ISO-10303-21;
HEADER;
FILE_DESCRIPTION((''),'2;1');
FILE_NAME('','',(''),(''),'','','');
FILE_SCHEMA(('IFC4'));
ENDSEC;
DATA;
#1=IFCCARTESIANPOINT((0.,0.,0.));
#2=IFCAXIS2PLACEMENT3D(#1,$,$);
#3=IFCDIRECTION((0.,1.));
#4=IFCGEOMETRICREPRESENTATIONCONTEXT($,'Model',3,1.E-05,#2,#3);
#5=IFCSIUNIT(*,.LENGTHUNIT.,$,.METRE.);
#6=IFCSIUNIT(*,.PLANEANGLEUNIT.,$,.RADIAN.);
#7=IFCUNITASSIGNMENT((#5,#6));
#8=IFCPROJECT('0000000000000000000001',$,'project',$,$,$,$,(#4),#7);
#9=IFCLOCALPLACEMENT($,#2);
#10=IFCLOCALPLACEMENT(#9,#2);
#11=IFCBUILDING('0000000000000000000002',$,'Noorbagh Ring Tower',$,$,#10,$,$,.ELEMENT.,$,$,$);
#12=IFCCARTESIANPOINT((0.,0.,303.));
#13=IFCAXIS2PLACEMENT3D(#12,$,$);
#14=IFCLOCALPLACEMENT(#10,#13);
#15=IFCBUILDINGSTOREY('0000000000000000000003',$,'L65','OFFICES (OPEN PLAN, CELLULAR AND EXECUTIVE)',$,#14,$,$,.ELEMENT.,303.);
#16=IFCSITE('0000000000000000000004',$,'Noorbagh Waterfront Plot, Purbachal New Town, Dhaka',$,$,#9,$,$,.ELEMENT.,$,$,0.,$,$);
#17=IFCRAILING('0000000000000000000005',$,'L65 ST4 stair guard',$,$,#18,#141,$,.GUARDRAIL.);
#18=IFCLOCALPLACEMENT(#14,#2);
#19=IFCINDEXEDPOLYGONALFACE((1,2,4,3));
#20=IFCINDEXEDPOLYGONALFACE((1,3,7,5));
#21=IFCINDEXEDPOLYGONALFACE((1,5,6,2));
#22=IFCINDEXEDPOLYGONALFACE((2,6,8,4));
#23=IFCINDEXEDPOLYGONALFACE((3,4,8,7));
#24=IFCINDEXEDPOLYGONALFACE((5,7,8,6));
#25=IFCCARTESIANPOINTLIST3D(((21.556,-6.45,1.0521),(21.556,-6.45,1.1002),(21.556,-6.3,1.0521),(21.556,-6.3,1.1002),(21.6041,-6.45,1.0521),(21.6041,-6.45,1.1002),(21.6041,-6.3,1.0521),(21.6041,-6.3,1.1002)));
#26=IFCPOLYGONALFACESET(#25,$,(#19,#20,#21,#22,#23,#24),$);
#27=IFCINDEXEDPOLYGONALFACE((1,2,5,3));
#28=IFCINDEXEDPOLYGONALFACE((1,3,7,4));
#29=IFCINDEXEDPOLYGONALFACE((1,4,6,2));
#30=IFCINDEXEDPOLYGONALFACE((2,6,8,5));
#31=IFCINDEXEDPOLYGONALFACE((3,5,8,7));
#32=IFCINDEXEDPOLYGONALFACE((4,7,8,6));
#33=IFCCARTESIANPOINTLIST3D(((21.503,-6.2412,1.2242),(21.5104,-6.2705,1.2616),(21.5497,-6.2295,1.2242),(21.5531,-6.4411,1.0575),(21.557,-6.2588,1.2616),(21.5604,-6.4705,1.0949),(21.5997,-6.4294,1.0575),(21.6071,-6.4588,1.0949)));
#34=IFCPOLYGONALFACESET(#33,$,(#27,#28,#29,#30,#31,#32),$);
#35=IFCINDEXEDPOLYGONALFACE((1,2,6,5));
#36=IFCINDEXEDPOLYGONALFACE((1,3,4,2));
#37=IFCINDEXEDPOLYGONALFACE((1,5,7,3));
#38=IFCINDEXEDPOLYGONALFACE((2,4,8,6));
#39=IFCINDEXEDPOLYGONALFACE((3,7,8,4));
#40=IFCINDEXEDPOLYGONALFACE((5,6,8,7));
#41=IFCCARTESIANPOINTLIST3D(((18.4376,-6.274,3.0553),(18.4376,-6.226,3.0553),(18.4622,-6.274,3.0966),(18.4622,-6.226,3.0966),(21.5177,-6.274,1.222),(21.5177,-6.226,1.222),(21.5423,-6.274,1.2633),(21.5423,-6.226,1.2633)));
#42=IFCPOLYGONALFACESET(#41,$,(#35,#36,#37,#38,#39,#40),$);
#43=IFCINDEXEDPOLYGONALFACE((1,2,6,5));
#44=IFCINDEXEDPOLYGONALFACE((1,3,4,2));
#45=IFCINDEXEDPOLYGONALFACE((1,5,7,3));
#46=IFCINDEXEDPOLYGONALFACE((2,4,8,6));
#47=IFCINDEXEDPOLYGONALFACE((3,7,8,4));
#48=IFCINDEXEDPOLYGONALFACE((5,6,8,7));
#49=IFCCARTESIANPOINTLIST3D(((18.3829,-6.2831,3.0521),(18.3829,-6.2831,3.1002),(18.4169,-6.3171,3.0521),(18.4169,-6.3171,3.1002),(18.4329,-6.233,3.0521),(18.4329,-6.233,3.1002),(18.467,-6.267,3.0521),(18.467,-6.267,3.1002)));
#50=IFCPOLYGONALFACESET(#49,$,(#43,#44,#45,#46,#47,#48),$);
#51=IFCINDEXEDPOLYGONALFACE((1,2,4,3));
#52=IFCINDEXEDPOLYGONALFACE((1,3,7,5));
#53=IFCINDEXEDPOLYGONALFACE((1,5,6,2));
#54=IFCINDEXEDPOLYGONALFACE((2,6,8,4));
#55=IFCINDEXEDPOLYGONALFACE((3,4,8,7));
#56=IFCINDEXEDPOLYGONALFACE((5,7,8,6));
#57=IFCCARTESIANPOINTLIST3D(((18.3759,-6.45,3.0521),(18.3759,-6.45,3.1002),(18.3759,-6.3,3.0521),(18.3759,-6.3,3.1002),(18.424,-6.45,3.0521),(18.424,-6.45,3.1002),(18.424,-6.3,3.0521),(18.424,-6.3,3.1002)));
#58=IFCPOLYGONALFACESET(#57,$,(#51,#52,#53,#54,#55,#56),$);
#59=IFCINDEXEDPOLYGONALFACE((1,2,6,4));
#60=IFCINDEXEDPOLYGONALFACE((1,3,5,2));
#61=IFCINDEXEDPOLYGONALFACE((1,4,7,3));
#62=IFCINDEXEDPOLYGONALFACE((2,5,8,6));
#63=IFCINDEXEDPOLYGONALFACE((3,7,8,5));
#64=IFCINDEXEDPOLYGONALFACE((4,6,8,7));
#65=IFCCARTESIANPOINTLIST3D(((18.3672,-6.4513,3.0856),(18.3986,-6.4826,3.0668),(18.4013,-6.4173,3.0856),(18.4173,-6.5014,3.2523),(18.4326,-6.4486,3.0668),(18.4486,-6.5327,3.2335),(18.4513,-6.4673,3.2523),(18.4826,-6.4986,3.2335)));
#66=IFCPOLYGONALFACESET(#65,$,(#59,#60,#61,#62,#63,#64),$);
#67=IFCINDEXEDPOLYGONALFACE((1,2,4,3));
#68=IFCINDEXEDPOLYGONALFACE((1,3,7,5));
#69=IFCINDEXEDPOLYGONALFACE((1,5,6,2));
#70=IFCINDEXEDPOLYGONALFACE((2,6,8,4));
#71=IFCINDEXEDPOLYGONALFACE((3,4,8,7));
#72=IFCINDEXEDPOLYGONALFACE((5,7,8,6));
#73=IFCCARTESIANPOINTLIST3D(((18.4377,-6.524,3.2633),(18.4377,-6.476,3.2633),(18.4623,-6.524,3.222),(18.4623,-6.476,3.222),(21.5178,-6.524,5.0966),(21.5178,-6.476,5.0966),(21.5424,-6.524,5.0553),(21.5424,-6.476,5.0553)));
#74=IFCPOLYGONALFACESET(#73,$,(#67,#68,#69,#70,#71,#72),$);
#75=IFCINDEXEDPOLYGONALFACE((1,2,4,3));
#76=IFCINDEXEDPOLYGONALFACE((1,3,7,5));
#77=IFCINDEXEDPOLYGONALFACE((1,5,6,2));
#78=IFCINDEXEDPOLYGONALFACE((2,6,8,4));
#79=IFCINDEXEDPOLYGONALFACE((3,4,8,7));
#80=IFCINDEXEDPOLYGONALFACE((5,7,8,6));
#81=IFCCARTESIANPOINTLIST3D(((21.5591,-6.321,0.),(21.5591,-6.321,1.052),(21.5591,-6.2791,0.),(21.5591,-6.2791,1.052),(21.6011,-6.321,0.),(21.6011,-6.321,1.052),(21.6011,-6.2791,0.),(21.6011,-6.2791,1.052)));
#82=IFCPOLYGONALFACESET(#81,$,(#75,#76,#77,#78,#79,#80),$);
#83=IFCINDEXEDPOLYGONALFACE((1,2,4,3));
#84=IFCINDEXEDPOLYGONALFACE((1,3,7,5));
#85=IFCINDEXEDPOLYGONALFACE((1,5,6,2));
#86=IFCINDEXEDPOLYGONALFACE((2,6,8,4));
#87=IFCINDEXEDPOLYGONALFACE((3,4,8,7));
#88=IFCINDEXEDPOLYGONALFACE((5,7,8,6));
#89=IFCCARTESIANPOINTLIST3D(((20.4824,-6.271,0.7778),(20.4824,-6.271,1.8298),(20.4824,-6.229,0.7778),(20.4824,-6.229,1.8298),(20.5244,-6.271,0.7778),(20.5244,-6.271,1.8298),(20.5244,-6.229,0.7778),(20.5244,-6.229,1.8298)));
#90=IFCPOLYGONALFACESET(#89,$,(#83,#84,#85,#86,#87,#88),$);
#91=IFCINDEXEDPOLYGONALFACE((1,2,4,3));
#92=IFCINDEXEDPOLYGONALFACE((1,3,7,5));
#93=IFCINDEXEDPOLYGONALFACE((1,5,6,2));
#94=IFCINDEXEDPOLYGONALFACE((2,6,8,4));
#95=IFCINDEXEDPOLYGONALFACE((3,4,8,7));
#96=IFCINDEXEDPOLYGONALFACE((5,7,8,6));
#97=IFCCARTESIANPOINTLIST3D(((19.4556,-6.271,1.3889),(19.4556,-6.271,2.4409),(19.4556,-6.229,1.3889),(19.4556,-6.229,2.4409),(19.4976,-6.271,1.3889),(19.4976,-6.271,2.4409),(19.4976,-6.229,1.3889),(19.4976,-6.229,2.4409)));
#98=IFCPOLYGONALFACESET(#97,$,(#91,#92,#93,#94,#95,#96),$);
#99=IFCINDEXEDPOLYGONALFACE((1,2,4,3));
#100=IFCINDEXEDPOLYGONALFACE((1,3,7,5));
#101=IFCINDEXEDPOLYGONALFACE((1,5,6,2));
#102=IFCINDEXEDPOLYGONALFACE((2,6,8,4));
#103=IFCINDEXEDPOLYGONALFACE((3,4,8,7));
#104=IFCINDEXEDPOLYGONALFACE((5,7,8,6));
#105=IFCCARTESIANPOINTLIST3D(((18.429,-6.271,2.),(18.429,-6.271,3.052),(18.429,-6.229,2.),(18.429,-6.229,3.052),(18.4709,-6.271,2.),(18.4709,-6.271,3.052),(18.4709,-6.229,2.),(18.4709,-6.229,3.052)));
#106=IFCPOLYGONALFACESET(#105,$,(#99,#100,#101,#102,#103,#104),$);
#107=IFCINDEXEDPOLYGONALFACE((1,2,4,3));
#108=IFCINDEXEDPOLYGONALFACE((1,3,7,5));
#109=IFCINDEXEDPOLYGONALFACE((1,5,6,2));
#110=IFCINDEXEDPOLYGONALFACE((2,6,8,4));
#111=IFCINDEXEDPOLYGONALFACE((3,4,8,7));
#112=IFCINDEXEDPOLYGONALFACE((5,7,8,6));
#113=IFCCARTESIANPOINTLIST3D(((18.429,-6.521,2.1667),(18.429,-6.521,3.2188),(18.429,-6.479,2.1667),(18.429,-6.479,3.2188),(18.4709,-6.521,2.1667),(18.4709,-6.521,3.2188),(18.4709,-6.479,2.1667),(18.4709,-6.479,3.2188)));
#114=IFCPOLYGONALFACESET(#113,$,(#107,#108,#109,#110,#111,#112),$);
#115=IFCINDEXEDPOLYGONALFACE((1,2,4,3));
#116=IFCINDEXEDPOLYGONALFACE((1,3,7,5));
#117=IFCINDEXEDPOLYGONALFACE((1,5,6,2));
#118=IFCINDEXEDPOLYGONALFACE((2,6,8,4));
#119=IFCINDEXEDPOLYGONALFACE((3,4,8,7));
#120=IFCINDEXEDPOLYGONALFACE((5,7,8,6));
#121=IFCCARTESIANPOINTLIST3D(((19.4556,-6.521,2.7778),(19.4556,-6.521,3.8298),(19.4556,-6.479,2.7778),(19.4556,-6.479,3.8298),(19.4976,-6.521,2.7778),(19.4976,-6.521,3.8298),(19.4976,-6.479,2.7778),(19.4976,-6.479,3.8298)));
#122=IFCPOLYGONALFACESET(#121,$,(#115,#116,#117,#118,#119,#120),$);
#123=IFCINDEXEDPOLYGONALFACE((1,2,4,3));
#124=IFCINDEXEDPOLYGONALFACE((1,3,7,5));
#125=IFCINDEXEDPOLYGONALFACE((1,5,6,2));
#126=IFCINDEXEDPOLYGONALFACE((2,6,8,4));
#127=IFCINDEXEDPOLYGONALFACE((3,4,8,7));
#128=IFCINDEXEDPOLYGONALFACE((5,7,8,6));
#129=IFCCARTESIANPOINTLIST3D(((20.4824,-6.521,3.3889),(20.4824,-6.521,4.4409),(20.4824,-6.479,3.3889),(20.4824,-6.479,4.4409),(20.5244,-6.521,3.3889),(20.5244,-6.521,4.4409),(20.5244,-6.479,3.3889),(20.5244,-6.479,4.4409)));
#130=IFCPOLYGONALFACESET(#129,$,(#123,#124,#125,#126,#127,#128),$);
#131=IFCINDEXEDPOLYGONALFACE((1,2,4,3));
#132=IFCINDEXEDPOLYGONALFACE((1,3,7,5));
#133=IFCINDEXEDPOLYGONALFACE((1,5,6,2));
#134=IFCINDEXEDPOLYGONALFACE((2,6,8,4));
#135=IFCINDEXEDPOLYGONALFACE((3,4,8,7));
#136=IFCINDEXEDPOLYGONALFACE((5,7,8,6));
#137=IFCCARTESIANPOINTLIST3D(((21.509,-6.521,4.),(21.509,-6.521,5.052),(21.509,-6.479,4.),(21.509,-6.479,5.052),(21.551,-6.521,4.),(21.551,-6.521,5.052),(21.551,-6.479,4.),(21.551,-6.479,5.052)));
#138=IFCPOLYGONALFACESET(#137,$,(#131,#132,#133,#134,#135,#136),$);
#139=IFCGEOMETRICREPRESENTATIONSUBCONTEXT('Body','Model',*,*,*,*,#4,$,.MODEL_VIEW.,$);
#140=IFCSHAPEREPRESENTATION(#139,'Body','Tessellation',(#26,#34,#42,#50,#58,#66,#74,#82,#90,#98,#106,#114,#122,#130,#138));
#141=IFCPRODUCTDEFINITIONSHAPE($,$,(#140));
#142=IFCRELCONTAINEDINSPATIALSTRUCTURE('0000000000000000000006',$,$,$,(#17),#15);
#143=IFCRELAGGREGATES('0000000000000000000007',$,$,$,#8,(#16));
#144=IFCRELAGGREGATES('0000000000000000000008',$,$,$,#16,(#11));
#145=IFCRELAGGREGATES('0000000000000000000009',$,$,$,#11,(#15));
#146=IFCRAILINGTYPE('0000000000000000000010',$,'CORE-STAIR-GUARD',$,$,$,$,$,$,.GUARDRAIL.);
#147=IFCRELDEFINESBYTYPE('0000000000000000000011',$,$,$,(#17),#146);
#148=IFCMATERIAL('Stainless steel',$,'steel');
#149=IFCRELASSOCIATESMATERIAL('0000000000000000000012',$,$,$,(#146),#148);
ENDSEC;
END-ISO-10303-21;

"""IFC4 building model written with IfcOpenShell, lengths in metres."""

from ifc_helpers import new_model, si_unit, direction, frame, origin, origin_2d, place, context, subcontext, project, spatial, rectangle, extrude, material, type_object, element, save


model = new_model("IFC4")

# Units and contexts
model_context = context("Model", 3, precision=1e-05, world=origin(), true_north=direction((0.0, 1.0)))
body_context = subcontext(model_context, "Body", "Model", "MODEL_VIEW")
ifc_project = project(units=[si_unit("LENGTHUNIT", "METRE"), si_unit("PLANEANGLEUNIT", "RADIAN")], contexts=[model_context])

# Site, building, storey
site_placement = place(None, origin())
site = spatial("IfcSite", under=ifc_project, at=site_placement, Name="Noorbagh Waterfront Plot, Purbachal New Town, Dhaka", CompositionType="ELEMENT", RefElevation=0.0)
building_placement = place(site_placement, origin())
building = spatial("IfcBuilding", under=site, at=building_placement, Name="Noorbagh Ring Tower", CompositionType="ELEMENT")
storey_placement = place(building_placement, frame((0.0, 0.0, 303.0)))
storey = spatial("IfcBuildingStorey", under=building, at=storey_placement, Name="L65", Description="OFFICES (OPEN PLAN, CELLULAR AND EXECUTIVE)", CompositionType="ELEMENT", Elevation=303.0)

# Railing
ifc_material_1 = material(Name="Stainless steel", Category="steel")
railing_type_1 = type_object("IfcRailingType", Name="CORE-STAIR-GUARD", PredefinedType="GUARDRAIL", material=ifc_material_1)
railing_1_placement = place(storey_placement, frame((21.5801, -6.3, 0.0)))
element("IfcRailing", 1, at=railing_1_placement, inside=storey, type_object=railing_type_1, Name="L65 ST4 stair guard", PredefinedType="GUARDRAIL", context=body_context, shape_type="SweptSolid", body=[
    extrude(rectangle(XDim=0.0481, YDim=0.0481, at=origin_2d()), frame((0.0, 0.0, 1.0762), z_axis=(0.0, -1.0, 0.0), x_axis=(1.0, 0.0, 0.0)), (0.0, 0.0, 1.0), 0.1499),
    extrude(rectangle(XDim=0.0481, YDim=0.0481, at=origin_2d()), frame((0.0, -0.1499, 1.0762), z_axis=(-0.188776, 0.754182, 0.628946), x_axis=(-0.970073, -0.242814, 0.0)), (0.0, 0.0, 1.0), 0.2651),
    extrude(rectangle(XDim=0.0481, YDim=0.0481, at=origin_2d()), frame((-0.05, 0.05, 1.2427), z_axis=(-0.859309, 0.0, 0.511458), x_axis=(0.0, -1.0, 0.0)), (0.0, 0.0, 1.0), 3.5845),
    extrude(rectangle(XDim=0.0481, YDim=0.0481, at=origin_2d()), frame((-3.1301, 0.05, 3.0762), z_axis=(-0.707107, -0.707107, 0.0), x_axis=(0.707107, -0.707107, 0.0)), (0.0, 0.0, 1.0), 0.0708),
    extrude(rectangle(XDim=0.0481, YDim=0.0481, at=origin_2d()), frame((-3.1802, 0.0, 3.0762), z_axis=(0.0, -1.0, 0.0), x_axis=(1.0, 0.0, 0.0)), (0.0, 0.0, 1.0), 0.1499),
    extrude(rectangle(XDim=0.0481, YDim=0.0481, at=origin_2d()), frame((-3.1802, -0.1499, 3.0762), z_axis=(0.276287, -0.276287, 0.920506), x_axis=(0.707107, 0.707107, 0.0)), (0.0, 0.0, 1.0), 0.1812),
    extrude(rectangle(XDim=0.0481, YDim=0.0481, at=origin_2d()), frame((-3.1301, -0.2, 3.2427), z_axis=(0.859309, 0.0, 0.511458), x_axis=(0.0, 1.0, 0.0)), (0.0, 0.0, 1.0), 3.5845),
    extrude(rectangle(XDim=0.042, YDim=0.042, at=origin_2d()), origin(), (0.0, 0.0, 1.0), 1.052),
    extrude(rectangle(XDim=0.042, YDim=0.042, at=origin_2d()), frame((-1.0767, 0.05, 0.7778)), (0.0, 0.0, 1.0), 1.052),
    extrude(rectangle(XDim=0.042, YDim=0.042, at=origin_2d()), frame((-2.1035, 0.05, 1.3889)), (0.0, 0.0, 1.0), 1.052),
    extrude(rectangle(XDim=0.042, YDim=0.042, at=origin_2d()), frame((-3.1301, 0.05, 2.0)), (0.0, 0.0, 1.0), 1.052),
    extrude(rectangle(XDim=0.042, YDim=0.042, at=origin_2d()), frame((-3.1301, -0.2, 2.1667)), (0.0, 0.0, 1.0), 1.052),
    extrude(rectangle(XDim=0.042, YDim=0.042, at=origin_2d()), frame((-2.1035, -0.2, 2.7778)), (0.0, 0.0, 1.0), 1.052),
    extrude(rectangle(XDim=0.042, YDim=0.042, at=origin_2d()), frame((-1.0767, -0.2, 3.3889)), (0.0, 0.0, 1.0), 1.052),
    extrude(rectangle(XDim=0.042, YDim=0.042, at=origin_2d()), frame((-0.05, -0.2, 4.0)), (0.0, 0.0, 1.0), 1.052),
])

save(model, "model.ifc")
